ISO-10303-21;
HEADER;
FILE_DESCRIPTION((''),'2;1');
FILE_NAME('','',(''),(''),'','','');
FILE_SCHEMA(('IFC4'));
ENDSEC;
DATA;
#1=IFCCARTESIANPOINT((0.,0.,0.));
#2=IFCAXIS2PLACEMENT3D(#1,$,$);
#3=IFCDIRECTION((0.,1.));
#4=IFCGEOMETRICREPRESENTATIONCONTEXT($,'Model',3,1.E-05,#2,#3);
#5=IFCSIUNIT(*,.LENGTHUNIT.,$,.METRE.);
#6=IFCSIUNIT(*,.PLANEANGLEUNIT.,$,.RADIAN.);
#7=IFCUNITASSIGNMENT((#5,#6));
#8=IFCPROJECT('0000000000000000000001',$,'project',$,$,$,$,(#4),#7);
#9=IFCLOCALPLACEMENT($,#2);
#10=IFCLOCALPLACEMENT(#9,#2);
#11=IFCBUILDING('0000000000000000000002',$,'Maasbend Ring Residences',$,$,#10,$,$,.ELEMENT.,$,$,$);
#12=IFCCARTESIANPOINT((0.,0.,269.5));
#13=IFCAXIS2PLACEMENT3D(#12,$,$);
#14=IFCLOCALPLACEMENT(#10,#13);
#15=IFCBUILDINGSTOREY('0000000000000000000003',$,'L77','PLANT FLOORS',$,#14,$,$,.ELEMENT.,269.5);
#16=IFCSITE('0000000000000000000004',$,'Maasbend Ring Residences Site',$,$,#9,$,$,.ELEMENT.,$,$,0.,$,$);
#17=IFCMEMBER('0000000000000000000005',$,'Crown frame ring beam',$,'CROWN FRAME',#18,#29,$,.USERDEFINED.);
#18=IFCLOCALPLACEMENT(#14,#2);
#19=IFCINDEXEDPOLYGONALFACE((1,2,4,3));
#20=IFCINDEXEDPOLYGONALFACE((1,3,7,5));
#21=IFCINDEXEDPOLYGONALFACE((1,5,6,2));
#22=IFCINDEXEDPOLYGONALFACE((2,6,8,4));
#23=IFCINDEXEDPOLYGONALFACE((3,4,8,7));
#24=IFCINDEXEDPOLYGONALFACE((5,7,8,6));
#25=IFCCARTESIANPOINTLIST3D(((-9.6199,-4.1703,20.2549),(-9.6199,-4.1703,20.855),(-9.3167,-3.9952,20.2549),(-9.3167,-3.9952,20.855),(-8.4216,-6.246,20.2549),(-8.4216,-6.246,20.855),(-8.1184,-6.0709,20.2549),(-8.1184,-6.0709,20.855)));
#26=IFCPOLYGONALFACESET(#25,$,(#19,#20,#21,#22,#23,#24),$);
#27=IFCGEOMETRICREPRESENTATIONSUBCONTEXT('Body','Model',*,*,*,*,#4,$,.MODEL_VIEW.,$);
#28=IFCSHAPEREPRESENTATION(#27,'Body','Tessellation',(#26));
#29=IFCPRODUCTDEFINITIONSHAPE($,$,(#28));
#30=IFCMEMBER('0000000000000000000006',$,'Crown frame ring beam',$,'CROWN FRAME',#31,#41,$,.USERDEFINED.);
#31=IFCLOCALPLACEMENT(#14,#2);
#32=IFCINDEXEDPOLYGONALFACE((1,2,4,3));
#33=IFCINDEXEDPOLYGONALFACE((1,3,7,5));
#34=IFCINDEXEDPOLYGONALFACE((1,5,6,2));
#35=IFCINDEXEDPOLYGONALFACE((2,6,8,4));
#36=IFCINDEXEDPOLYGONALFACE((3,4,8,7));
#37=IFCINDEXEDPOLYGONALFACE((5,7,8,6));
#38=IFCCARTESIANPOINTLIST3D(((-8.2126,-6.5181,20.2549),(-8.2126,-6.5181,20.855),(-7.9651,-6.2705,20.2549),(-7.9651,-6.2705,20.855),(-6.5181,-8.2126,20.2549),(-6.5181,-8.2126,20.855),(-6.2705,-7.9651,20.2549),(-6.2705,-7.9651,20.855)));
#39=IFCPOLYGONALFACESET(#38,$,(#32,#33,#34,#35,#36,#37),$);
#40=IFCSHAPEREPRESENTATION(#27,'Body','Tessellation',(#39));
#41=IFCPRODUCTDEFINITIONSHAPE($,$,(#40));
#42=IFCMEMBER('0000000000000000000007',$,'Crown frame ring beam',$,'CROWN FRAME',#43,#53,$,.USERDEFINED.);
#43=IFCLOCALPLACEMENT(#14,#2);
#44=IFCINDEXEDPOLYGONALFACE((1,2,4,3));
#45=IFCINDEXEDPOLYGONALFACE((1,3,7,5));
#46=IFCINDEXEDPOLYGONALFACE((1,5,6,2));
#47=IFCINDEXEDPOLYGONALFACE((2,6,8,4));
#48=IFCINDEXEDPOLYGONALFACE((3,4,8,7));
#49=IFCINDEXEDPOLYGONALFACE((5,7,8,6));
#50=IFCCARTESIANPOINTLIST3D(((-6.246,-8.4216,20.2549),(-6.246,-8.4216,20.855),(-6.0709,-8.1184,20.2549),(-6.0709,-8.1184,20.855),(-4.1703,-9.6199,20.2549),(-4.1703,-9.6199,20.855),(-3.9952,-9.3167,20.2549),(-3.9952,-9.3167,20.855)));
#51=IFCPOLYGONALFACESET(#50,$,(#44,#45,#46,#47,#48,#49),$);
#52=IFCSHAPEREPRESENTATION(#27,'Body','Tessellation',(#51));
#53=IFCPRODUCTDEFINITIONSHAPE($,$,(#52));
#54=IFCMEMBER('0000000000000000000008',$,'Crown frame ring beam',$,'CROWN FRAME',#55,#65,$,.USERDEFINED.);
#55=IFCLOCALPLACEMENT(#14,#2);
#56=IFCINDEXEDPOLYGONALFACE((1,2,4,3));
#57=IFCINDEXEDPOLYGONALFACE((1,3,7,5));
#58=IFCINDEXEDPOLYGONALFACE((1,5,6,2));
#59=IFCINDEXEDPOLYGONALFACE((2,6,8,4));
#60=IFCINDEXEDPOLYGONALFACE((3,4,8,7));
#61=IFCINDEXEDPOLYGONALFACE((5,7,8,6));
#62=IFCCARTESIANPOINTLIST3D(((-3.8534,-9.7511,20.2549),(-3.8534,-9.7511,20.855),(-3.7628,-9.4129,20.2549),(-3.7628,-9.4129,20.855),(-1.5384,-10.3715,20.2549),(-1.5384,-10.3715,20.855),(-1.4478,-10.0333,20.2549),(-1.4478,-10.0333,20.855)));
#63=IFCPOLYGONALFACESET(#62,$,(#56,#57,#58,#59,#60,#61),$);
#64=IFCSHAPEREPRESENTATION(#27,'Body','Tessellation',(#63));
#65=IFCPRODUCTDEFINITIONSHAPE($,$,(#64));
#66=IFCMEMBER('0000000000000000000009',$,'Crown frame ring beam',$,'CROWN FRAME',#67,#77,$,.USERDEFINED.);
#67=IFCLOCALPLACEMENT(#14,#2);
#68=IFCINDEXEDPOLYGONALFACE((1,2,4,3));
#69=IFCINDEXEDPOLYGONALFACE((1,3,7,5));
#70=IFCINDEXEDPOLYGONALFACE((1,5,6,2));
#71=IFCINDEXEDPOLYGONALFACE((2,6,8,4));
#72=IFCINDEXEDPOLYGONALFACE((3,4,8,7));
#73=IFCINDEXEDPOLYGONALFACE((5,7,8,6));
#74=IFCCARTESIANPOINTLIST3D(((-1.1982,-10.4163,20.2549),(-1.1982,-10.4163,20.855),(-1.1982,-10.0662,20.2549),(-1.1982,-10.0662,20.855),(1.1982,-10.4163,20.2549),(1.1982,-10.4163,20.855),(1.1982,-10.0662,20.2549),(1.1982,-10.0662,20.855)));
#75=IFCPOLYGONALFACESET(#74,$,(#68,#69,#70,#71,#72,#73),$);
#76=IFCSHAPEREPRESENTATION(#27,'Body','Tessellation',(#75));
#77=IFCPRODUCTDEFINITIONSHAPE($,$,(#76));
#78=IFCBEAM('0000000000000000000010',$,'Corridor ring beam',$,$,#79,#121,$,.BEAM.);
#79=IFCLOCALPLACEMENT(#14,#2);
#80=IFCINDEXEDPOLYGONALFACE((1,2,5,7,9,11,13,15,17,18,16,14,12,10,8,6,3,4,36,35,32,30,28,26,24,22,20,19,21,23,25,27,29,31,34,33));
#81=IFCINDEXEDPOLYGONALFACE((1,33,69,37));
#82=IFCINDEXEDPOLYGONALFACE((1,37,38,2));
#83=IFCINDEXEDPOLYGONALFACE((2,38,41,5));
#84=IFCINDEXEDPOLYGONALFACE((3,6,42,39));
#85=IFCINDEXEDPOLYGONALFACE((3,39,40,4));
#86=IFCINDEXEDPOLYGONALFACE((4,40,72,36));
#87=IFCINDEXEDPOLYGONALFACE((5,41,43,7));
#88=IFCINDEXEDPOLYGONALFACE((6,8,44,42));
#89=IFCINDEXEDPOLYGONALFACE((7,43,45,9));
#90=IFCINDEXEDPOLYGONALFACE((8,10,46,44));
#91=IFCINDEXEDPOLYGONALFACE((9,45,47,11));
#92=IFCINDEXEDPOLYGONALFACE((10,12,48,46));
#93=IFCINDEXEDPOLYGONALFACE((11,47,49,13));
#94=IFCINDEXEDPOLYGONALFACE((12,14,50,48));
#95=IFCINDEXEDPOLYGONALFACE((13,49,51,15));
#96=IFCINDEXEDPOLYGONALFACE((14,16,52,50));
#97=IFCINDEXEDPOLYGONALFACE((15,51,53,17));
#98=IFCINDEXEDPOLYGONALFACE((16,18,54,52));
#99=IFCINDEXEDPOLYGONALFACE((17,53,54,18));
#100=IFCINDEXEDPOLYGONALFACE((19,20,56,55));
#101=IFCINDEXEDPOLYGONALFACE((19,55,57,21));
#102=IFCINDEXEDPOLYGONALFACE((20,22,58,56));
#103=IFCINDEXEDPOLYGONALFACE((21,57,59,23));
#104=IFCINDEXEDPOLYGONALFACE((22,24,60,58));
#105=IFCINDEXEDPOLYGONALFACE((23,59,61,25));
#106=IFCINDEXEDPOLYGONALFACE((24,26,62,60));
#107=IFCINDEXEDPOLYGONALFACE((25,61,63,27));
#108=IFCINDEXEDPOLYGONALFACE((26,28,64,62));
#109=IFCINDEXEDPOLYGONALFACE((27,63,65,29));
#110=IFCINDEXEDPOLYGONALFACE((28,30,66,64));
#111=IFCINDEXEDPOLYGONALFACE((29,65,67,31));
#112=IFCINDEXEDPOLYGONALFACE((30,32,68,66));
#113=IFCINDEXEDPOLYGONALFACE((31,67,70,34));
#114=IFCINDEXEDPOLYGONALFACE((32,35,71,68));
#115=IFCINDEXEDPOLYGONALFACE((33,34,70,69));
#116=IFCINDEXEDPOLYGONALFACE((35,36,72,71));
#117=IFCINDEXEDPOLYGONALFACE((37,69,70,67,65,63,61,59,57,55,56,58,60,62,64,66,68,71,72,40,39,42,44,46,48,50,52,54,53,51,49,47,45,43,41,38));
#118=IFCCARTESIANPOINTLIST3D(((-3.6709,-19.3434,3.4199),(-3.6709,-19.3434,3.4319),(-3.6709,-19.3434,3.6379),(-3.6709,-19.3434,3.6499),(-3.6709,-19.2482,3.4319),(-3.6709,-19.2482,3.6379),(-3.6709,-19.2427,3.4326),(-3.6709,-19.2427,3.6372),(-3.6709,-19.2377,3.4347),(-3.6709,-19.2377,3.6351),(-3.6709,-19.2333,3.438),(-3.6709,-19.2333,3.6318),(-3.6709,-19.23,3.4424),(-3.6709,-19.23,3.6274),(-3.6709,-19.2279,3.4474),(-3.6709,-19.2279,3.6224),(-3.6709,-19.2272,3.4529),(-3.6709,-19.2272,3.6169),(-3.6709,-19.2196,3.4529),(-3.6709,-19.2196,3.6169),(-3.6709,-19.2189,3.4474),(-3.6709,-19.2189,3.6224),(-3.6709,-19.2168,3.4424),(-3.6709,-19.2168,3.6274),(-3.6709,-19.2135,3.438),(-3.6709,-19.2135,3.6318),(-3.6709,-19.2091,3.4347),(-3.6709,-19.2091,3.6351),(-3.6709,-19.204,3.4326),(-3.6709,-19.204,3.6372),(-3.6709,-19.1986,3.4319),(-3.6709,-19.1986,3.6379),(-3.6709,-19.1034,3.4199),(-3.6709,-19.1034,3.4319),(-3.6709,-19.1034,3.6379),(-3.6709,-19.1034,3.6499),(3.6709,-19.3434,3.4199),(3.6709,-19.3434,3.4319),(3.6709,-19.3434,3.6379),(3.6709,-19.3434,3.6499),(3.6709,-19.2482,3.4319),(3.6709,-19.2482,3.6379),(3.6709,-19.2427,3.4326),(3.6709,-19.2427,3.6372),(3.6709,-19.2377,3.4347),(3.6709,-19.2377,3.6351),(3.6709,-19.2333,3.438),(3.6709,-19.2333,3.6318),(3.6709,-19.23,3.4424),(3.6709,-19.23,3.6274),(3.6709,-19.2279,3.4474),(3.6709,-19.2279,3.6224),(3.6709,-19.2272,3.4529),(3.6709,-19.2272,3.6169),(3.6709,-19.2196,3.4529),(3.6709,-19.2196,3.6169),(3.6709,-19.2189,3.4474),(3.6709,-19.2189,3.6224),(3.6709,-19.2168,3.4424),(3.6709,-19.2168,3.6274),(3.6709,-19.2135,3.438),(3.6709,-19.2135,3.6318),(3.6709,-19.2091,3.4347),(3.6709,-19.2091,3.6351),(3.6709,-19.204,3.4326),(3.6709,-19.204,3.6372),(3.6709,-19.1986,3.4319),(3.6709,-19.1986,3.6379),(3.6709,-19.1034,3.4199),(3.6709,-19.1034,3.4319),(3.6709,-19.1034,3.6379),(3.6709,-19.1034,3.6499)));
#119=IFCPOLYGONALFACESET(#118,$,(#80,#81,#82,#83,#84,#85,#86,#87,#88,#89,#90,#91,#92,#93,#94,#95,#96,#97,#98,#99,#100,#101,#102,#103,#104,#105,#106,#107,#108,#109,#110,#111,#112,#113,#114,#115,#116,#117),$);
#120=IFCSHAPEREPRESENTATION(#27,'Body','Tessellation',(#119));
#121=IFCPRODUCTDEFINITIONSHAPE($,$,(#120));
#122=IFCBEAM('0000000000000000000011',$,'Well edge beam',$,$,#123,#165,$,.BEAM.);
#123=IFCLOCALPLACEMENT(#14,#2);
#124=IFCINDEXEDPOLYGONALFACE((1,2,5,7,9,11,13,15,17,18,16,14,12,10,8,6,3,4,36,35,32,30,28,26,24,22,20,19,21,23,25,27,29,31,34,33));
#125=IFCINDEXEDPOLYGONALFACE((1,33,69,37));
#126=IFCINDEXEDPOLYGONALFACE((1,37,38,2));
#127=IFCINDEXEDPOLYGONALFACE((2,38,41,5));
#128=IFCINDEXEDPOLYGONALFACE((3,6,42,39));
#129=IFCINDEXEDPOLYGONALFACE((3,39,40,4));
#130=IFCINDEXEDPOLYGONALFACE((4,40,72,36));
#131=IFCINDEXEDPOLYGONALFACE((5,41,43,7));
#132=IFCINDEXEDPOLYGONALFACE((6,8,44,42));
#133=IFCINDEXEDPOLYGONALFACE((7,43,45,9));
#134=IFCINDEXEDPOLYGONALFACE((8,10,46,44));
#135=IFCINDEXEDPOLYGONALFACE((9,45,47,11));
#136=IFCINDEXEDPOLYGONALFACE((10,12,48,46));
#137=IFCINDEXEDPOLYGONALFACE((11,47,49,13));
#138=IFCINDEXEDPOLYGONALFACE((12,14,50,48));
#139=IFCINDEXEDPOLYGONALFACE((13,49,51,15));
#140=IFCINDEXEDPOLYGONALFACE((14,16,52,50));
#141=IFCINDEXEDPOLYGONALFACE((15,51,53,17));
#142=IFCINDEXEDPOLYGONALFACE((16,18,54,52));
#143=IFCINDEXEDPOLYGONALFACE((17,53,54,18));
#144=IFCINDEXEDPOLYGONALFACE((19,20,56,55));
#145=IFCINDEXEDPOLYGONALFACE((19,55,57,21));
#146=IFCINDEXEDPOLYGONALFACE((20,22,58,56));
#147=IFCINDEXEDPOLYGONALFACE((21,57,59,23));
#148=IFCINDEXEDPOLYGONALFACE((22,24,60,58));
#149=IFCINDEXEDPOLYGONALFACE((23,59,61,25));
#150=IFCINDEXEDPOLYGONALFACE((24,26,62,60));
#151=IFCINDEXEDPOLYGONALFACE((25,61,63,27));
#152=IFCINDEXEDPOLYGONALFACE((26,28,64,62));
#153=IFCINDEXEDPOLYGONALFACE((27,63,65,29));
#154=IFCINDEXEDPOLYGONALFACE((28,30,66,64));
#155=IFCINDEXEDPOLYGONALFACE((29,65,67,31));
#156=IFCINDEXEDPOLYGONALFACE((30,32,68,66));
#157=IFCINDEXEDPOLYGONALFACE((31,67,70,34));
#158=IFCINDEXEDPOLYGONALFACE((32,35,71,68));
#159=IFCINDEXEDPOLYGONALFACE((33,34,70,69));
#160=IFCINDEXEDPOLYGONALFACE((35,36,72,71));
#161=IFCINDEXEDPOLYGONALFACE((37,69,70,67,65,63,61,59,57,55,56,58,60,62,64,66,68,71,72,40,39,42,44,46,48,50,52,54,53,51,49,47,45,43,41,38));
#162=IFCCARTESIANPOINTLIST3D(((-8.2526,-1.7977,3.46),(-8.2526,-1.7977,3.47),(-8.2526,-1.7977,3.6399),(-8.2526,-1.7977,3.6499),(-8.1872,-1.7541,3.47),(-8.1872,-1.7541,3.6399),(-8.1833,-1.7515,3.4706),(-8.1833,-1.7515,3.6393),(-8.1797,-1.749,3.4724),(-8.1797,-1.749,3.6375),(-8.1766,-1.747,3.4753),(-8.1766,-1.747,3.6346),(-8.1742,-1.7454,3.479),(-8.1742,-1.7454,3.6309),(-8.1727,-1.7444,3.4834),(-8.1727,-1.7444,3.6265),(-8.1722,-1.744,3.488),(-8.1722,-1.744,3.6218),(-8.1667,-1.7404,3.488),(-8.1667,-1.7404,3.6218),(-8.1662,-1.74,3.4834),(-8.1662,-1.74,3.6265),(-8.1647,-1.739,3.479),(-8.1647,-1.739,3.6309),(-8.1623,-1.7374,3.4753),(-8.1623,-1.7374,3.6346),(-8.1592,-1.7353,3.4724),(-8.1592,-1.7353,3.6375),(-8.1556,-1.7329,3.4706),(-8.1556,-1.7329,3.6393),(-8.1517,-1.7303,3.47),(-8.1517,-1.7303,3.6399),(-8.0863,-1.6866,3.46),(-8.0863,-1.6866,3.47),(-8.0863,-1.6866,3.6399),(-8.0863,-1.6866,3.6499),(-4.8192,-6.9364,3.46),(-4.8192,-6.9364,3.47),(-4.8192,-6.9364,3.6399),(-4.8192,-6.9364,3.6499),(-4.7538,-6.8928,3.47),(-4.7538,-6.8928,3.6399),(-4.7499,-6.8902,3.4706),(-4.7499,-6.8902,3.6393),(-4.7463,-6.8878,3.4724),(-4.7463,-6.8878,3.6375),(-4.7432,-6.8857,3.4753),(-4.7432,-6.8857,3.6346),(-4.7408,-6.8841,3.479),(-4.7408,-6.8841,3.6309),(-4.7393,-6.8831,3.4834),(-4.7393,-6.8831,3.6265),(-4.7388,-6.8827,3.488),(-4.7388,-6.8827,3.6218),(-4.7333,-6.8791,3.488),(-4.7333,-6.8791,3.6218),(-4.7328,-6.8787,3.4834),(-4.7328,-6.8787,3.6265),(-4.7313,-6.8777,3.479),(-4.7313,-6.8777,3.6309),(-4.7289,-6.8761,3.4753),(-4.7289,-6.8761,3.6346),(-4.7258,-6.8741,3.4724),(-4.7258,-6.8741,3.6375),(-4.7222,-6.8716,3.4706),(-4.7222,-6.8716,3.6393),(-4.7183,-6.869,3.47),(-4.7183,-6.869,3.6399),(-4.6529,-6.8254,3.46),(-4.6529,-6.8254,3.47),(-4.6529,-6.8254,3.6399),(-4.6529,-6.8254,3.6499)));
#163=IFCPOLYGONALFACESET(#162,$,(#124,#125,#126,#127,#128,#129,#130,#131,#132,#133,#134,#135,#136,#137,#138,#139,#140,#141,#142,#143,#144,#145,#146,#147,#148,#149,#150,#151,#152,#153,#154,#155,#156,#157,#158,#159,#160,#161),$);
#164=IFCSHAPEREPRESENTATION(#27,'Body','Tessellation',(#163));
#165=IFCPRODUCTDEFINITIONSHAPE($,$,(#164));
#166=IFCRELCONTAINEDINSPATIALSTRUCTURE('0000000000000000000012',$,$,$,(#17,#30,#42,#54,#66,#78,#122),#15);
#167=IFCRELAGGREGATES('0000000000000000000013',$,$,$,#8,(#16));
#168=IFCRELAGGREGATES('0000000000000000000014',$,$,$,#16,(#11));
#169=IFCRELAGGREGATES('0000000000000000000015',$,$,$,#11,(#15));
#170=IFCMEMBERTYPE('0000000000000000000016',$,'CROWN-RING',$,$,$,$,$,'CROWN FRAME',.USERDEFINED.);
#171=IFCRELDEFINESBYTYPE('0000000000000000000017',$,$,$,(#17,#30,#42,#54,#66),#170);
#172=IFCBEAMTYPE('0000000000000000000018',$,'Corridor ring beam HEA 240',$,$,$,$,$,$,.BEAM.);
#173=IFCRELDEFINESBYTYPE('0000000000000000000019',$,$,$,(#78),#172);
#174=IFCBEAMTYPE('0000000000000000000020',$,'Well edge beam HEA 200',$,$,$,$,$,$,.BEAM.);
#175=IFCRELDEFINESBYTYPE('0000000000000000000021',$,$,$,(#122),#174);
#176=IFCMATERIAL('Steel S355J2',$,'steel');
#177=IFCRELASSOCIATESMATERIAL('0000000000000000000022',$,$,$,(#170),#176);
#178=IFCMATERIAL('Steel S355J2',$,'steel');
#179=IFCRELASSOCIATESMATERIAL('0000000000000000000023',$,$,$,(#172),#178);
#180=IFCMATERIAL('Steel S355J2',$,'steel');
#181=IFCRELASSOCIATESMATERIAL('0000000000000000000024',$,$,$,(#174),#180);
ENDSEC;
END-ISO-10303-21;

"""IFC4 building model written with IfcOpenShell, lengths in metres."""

from ifc_helpers import new_model, si_unit, direction, frame, origin, origin_2d, place, context, subcontext, project, spatial, rectangle, i_section, extrude, material, material_profile, profile_set, type_object, element, save


model = new_model("IFC4")

# Units and contexts
model_context = context("Model", 3, precision=1e-05, world=origin(), true_north=direction((0.0, 1.0)))
body_context = subcontext(model_context, "Body", "Model", "MODEL_VIEW")
ifc_project = project(units=[si_unit("LENGTHUNIT", "METRE"), si_unit("PLANEANGLEUNIT", "RADIAN")], contexts=[model_context])

# Site, building, storey
site_placement = place(None, origin())
site = spatial("IfcSite", under=ifc_project, at=site_placement, Name="Maasbend Ring Residences Site", CompositionType="ELEMENT", RefElevation=0.0)
building_placement = place(site_placement, origin())
building = spatial("IfcBuilding", under=site, at=building_placement, Name="Maasbend Ring Residences", CompositionType="ELEMENT")
storey_placement = place(building_placement, frame((0.0, 0.0, 269.5)))
storey = spatial("IfcBuildingStorey", under=building, at=storey_placement, Name="L77", Description="PLANT FLOORS", CompositionType="ELEMENT", Elevation=269.5)

# Members
ifc_material_1 = material(Name="Steel S355J2", Category="steel")
ifc_material_profile_1 = material_profile(ifc_material_1, rectangle(XDim=0.3501, YDim=0.6001, at=origin_2d()), Name="Box 350x600x16")
ifc_profile_set_1 = profile_set([ifc_material_profile_1], Name="Steel S355J2")
member_type_1 = type_object("IfcMemberType", Name="CROWN-RING", ElementType="CROWN FRAME", PredefinedType="USERDEFINED", material=ifc_profile_set_1)
member_1_placement = place(storey_placement, frame((-9.4683, -4.0828, 20.5549), z_axis=(0.499952, -0.866053, 0.0), x_axis=(0.866053, 0.499952, 0.0)))
element("IfcMember", 1, at=member_1_placement, inside=storey, type_object=member_type_1, Name="Crown frame ring beam", ObjectType="CROWN FRAME", PredefinedType="USERDEFINED", context=body_context, shape_type="SweptSolid", body=[
    extrude(rectangle(XDim=0.3501, YDim=0.6001, at=origin_2d()), origin(), (0.0, 0.0, 1.0), 2.3967),
])
member_2_placement = place(storey_placement, frame((-8.0889, -6.3943, 20.5549), z_axis=(0.707107, -0.707107, 0.0), x_axis=(0.707107, 0.707107, 0.0)))
element("IfcMember", 2, at=member_2_placement, inside=storey, type_object=member_type_1, Name="Crown frame ring beam", ObjectType="CROWN FRAME", PredefinedType="USERDEFINED", context=body_context, shape_type="SweptSolid", body=[
    extrude(rectangle(XDim=0.3501, YDim=0.6001, at=origin_2d()), origin(), (0.0, 0.0, 1.0), 2.3965),
])
for number, where, z_axis, x_axis, name in (
    (3, (-6.1584, -8.27, 20.5549), (0.866053, -0.499952, 0.0), (0.499952, 0.866053, 0.0), "Crown frame ring beam"),
    (4, (-3.8081, -9.582, 20.5549), (0.965918, -0.258848, 0.0), (0.258848, 0.965918, 0.0), "Crown frame ring beam"),
):
    element("IfcMember", number, at=place(storey_placement, frame(where, z_axis=z_axis, x_axis=x_axis)), inside=storey, type_object=member_type_1, Name=name, ObjectType="CROWN FRAME", PredefinedType="USERDEFINED", context=body_context, shape_type="SweptSolid", body=[
        extrude(rectangle(XDim=0.3501, YDim=0.6001, at=origin_2d()), origin(), (0.0, 0.0, 1.0), 2.3967),
    ])
member_3_placement = place(storey_placement, frame((-1.1982, -10.2412, 20.5549), z_axis=(1.0, 0.0, 0.0), x_axis=(0.0, 1.0, 0.0)))
element("IfcMember", 5, at=member_3_placement, inside=storey, type_object=member_type_1, Name="Crown frame ring beam", ObjectType="CROWN FRAME", PredefinedType="USERDEFINED", context=body_context, shape_type="SweptSolid", body=[
    extrude(rectangle(XDim=0.3501, YDim=0.6001, at=origin_2d()), origin(), (0.0, 0.0, 1.0), 2.3965),
])

# Beams
ifc_material_2 = material(Name="Steel S355J2", Category="steel")
ifc_material_profile_2 = material_profile(ifc_material_2, i_section(OverallWidth=0.24, OverallDepth=0.23, WebThickness=0.0076, FlangeThickness=0.012, FilletRadius=0.021, at=origin_2d()), Name="HEA 240")
ifc_profile_set_2 = profile_set([ifc_material_profile_2], Name="Steel S355J2")
beam_type_1 = type_object("IfcBeamType", Name="Corridor ring beam HEA 240", PredefinedType="BEAM", material=ifc_profile_set_2)
beam_placement = place(storey_placement, frame((-3.6709, -19.2234, 3.5349), z_axis=(1.0, 0.0, 0.0), x_axis=(0.0, 1.0, 0.0)))
element("IfcBeam", 6, at=beam_placement, inside=storey, type_object=beam_type_1, Name="Corridor ring beam", PredefinedType="BEAM", context=body_context, shape_type="SweptSolid", body=[
    extrude(i_section(OverallWidth=0.24, OverallDepth=0.23, WebThickness=0.0076, FlangeThickness=0.012, FilletRadius=0.021, at=origin_2d()), origin(), (0.0, 0.0, 1.0), 7.3418),
])
ifc_material_3 = material(Name="Steel S355J2", Category="steel")
ifc_material_profile_3 = material_profile(ifc_material_3, i_section(OverallWidth=0.2, OverallDepth=0.1899, WebThickness=0.0066, FlangeThickness=0.01, FilletRadius=0.0181, at=origin_2d()), Name="HEA 200")
ifc_profile_set_3 = profile_set([ifc_material_profile_3], Name="Steel S355J2")
beam_type_2 = type_object("IfcBeamType", Name="Well edge beam HEA 200", PredefinedType="BEAM", material=ifc_profile_set_3)
for number, where, z_axis, x_axis, name in (
    (7, (-8.1694, -1.7422, 3.5549), (0.555548, -0.831485, 0.0), (0.831485, 0.555548, 0.0), "Well edge beam"),
):
    element("IfcBeam", number, at=place(storey_placement, frame(where, z_axis=z_axis, x_axis=x_axis)), inside=storey, type_object=beam_type_2, Name=name, PredefinedType="BEAM", context=body_context, shape_type="SweptSolid", body=[
        extrude(i_section(OverallWidth=0.2, OverallDepth=0.1899, WebThickness=0.0066, FlangeThickness=0.01, FilletRadius=0.0181, at=origin_2d()), origin(), (0.0, 0.0, 1.0), 6.1802),
    ])

save(model, "model.ifc")
